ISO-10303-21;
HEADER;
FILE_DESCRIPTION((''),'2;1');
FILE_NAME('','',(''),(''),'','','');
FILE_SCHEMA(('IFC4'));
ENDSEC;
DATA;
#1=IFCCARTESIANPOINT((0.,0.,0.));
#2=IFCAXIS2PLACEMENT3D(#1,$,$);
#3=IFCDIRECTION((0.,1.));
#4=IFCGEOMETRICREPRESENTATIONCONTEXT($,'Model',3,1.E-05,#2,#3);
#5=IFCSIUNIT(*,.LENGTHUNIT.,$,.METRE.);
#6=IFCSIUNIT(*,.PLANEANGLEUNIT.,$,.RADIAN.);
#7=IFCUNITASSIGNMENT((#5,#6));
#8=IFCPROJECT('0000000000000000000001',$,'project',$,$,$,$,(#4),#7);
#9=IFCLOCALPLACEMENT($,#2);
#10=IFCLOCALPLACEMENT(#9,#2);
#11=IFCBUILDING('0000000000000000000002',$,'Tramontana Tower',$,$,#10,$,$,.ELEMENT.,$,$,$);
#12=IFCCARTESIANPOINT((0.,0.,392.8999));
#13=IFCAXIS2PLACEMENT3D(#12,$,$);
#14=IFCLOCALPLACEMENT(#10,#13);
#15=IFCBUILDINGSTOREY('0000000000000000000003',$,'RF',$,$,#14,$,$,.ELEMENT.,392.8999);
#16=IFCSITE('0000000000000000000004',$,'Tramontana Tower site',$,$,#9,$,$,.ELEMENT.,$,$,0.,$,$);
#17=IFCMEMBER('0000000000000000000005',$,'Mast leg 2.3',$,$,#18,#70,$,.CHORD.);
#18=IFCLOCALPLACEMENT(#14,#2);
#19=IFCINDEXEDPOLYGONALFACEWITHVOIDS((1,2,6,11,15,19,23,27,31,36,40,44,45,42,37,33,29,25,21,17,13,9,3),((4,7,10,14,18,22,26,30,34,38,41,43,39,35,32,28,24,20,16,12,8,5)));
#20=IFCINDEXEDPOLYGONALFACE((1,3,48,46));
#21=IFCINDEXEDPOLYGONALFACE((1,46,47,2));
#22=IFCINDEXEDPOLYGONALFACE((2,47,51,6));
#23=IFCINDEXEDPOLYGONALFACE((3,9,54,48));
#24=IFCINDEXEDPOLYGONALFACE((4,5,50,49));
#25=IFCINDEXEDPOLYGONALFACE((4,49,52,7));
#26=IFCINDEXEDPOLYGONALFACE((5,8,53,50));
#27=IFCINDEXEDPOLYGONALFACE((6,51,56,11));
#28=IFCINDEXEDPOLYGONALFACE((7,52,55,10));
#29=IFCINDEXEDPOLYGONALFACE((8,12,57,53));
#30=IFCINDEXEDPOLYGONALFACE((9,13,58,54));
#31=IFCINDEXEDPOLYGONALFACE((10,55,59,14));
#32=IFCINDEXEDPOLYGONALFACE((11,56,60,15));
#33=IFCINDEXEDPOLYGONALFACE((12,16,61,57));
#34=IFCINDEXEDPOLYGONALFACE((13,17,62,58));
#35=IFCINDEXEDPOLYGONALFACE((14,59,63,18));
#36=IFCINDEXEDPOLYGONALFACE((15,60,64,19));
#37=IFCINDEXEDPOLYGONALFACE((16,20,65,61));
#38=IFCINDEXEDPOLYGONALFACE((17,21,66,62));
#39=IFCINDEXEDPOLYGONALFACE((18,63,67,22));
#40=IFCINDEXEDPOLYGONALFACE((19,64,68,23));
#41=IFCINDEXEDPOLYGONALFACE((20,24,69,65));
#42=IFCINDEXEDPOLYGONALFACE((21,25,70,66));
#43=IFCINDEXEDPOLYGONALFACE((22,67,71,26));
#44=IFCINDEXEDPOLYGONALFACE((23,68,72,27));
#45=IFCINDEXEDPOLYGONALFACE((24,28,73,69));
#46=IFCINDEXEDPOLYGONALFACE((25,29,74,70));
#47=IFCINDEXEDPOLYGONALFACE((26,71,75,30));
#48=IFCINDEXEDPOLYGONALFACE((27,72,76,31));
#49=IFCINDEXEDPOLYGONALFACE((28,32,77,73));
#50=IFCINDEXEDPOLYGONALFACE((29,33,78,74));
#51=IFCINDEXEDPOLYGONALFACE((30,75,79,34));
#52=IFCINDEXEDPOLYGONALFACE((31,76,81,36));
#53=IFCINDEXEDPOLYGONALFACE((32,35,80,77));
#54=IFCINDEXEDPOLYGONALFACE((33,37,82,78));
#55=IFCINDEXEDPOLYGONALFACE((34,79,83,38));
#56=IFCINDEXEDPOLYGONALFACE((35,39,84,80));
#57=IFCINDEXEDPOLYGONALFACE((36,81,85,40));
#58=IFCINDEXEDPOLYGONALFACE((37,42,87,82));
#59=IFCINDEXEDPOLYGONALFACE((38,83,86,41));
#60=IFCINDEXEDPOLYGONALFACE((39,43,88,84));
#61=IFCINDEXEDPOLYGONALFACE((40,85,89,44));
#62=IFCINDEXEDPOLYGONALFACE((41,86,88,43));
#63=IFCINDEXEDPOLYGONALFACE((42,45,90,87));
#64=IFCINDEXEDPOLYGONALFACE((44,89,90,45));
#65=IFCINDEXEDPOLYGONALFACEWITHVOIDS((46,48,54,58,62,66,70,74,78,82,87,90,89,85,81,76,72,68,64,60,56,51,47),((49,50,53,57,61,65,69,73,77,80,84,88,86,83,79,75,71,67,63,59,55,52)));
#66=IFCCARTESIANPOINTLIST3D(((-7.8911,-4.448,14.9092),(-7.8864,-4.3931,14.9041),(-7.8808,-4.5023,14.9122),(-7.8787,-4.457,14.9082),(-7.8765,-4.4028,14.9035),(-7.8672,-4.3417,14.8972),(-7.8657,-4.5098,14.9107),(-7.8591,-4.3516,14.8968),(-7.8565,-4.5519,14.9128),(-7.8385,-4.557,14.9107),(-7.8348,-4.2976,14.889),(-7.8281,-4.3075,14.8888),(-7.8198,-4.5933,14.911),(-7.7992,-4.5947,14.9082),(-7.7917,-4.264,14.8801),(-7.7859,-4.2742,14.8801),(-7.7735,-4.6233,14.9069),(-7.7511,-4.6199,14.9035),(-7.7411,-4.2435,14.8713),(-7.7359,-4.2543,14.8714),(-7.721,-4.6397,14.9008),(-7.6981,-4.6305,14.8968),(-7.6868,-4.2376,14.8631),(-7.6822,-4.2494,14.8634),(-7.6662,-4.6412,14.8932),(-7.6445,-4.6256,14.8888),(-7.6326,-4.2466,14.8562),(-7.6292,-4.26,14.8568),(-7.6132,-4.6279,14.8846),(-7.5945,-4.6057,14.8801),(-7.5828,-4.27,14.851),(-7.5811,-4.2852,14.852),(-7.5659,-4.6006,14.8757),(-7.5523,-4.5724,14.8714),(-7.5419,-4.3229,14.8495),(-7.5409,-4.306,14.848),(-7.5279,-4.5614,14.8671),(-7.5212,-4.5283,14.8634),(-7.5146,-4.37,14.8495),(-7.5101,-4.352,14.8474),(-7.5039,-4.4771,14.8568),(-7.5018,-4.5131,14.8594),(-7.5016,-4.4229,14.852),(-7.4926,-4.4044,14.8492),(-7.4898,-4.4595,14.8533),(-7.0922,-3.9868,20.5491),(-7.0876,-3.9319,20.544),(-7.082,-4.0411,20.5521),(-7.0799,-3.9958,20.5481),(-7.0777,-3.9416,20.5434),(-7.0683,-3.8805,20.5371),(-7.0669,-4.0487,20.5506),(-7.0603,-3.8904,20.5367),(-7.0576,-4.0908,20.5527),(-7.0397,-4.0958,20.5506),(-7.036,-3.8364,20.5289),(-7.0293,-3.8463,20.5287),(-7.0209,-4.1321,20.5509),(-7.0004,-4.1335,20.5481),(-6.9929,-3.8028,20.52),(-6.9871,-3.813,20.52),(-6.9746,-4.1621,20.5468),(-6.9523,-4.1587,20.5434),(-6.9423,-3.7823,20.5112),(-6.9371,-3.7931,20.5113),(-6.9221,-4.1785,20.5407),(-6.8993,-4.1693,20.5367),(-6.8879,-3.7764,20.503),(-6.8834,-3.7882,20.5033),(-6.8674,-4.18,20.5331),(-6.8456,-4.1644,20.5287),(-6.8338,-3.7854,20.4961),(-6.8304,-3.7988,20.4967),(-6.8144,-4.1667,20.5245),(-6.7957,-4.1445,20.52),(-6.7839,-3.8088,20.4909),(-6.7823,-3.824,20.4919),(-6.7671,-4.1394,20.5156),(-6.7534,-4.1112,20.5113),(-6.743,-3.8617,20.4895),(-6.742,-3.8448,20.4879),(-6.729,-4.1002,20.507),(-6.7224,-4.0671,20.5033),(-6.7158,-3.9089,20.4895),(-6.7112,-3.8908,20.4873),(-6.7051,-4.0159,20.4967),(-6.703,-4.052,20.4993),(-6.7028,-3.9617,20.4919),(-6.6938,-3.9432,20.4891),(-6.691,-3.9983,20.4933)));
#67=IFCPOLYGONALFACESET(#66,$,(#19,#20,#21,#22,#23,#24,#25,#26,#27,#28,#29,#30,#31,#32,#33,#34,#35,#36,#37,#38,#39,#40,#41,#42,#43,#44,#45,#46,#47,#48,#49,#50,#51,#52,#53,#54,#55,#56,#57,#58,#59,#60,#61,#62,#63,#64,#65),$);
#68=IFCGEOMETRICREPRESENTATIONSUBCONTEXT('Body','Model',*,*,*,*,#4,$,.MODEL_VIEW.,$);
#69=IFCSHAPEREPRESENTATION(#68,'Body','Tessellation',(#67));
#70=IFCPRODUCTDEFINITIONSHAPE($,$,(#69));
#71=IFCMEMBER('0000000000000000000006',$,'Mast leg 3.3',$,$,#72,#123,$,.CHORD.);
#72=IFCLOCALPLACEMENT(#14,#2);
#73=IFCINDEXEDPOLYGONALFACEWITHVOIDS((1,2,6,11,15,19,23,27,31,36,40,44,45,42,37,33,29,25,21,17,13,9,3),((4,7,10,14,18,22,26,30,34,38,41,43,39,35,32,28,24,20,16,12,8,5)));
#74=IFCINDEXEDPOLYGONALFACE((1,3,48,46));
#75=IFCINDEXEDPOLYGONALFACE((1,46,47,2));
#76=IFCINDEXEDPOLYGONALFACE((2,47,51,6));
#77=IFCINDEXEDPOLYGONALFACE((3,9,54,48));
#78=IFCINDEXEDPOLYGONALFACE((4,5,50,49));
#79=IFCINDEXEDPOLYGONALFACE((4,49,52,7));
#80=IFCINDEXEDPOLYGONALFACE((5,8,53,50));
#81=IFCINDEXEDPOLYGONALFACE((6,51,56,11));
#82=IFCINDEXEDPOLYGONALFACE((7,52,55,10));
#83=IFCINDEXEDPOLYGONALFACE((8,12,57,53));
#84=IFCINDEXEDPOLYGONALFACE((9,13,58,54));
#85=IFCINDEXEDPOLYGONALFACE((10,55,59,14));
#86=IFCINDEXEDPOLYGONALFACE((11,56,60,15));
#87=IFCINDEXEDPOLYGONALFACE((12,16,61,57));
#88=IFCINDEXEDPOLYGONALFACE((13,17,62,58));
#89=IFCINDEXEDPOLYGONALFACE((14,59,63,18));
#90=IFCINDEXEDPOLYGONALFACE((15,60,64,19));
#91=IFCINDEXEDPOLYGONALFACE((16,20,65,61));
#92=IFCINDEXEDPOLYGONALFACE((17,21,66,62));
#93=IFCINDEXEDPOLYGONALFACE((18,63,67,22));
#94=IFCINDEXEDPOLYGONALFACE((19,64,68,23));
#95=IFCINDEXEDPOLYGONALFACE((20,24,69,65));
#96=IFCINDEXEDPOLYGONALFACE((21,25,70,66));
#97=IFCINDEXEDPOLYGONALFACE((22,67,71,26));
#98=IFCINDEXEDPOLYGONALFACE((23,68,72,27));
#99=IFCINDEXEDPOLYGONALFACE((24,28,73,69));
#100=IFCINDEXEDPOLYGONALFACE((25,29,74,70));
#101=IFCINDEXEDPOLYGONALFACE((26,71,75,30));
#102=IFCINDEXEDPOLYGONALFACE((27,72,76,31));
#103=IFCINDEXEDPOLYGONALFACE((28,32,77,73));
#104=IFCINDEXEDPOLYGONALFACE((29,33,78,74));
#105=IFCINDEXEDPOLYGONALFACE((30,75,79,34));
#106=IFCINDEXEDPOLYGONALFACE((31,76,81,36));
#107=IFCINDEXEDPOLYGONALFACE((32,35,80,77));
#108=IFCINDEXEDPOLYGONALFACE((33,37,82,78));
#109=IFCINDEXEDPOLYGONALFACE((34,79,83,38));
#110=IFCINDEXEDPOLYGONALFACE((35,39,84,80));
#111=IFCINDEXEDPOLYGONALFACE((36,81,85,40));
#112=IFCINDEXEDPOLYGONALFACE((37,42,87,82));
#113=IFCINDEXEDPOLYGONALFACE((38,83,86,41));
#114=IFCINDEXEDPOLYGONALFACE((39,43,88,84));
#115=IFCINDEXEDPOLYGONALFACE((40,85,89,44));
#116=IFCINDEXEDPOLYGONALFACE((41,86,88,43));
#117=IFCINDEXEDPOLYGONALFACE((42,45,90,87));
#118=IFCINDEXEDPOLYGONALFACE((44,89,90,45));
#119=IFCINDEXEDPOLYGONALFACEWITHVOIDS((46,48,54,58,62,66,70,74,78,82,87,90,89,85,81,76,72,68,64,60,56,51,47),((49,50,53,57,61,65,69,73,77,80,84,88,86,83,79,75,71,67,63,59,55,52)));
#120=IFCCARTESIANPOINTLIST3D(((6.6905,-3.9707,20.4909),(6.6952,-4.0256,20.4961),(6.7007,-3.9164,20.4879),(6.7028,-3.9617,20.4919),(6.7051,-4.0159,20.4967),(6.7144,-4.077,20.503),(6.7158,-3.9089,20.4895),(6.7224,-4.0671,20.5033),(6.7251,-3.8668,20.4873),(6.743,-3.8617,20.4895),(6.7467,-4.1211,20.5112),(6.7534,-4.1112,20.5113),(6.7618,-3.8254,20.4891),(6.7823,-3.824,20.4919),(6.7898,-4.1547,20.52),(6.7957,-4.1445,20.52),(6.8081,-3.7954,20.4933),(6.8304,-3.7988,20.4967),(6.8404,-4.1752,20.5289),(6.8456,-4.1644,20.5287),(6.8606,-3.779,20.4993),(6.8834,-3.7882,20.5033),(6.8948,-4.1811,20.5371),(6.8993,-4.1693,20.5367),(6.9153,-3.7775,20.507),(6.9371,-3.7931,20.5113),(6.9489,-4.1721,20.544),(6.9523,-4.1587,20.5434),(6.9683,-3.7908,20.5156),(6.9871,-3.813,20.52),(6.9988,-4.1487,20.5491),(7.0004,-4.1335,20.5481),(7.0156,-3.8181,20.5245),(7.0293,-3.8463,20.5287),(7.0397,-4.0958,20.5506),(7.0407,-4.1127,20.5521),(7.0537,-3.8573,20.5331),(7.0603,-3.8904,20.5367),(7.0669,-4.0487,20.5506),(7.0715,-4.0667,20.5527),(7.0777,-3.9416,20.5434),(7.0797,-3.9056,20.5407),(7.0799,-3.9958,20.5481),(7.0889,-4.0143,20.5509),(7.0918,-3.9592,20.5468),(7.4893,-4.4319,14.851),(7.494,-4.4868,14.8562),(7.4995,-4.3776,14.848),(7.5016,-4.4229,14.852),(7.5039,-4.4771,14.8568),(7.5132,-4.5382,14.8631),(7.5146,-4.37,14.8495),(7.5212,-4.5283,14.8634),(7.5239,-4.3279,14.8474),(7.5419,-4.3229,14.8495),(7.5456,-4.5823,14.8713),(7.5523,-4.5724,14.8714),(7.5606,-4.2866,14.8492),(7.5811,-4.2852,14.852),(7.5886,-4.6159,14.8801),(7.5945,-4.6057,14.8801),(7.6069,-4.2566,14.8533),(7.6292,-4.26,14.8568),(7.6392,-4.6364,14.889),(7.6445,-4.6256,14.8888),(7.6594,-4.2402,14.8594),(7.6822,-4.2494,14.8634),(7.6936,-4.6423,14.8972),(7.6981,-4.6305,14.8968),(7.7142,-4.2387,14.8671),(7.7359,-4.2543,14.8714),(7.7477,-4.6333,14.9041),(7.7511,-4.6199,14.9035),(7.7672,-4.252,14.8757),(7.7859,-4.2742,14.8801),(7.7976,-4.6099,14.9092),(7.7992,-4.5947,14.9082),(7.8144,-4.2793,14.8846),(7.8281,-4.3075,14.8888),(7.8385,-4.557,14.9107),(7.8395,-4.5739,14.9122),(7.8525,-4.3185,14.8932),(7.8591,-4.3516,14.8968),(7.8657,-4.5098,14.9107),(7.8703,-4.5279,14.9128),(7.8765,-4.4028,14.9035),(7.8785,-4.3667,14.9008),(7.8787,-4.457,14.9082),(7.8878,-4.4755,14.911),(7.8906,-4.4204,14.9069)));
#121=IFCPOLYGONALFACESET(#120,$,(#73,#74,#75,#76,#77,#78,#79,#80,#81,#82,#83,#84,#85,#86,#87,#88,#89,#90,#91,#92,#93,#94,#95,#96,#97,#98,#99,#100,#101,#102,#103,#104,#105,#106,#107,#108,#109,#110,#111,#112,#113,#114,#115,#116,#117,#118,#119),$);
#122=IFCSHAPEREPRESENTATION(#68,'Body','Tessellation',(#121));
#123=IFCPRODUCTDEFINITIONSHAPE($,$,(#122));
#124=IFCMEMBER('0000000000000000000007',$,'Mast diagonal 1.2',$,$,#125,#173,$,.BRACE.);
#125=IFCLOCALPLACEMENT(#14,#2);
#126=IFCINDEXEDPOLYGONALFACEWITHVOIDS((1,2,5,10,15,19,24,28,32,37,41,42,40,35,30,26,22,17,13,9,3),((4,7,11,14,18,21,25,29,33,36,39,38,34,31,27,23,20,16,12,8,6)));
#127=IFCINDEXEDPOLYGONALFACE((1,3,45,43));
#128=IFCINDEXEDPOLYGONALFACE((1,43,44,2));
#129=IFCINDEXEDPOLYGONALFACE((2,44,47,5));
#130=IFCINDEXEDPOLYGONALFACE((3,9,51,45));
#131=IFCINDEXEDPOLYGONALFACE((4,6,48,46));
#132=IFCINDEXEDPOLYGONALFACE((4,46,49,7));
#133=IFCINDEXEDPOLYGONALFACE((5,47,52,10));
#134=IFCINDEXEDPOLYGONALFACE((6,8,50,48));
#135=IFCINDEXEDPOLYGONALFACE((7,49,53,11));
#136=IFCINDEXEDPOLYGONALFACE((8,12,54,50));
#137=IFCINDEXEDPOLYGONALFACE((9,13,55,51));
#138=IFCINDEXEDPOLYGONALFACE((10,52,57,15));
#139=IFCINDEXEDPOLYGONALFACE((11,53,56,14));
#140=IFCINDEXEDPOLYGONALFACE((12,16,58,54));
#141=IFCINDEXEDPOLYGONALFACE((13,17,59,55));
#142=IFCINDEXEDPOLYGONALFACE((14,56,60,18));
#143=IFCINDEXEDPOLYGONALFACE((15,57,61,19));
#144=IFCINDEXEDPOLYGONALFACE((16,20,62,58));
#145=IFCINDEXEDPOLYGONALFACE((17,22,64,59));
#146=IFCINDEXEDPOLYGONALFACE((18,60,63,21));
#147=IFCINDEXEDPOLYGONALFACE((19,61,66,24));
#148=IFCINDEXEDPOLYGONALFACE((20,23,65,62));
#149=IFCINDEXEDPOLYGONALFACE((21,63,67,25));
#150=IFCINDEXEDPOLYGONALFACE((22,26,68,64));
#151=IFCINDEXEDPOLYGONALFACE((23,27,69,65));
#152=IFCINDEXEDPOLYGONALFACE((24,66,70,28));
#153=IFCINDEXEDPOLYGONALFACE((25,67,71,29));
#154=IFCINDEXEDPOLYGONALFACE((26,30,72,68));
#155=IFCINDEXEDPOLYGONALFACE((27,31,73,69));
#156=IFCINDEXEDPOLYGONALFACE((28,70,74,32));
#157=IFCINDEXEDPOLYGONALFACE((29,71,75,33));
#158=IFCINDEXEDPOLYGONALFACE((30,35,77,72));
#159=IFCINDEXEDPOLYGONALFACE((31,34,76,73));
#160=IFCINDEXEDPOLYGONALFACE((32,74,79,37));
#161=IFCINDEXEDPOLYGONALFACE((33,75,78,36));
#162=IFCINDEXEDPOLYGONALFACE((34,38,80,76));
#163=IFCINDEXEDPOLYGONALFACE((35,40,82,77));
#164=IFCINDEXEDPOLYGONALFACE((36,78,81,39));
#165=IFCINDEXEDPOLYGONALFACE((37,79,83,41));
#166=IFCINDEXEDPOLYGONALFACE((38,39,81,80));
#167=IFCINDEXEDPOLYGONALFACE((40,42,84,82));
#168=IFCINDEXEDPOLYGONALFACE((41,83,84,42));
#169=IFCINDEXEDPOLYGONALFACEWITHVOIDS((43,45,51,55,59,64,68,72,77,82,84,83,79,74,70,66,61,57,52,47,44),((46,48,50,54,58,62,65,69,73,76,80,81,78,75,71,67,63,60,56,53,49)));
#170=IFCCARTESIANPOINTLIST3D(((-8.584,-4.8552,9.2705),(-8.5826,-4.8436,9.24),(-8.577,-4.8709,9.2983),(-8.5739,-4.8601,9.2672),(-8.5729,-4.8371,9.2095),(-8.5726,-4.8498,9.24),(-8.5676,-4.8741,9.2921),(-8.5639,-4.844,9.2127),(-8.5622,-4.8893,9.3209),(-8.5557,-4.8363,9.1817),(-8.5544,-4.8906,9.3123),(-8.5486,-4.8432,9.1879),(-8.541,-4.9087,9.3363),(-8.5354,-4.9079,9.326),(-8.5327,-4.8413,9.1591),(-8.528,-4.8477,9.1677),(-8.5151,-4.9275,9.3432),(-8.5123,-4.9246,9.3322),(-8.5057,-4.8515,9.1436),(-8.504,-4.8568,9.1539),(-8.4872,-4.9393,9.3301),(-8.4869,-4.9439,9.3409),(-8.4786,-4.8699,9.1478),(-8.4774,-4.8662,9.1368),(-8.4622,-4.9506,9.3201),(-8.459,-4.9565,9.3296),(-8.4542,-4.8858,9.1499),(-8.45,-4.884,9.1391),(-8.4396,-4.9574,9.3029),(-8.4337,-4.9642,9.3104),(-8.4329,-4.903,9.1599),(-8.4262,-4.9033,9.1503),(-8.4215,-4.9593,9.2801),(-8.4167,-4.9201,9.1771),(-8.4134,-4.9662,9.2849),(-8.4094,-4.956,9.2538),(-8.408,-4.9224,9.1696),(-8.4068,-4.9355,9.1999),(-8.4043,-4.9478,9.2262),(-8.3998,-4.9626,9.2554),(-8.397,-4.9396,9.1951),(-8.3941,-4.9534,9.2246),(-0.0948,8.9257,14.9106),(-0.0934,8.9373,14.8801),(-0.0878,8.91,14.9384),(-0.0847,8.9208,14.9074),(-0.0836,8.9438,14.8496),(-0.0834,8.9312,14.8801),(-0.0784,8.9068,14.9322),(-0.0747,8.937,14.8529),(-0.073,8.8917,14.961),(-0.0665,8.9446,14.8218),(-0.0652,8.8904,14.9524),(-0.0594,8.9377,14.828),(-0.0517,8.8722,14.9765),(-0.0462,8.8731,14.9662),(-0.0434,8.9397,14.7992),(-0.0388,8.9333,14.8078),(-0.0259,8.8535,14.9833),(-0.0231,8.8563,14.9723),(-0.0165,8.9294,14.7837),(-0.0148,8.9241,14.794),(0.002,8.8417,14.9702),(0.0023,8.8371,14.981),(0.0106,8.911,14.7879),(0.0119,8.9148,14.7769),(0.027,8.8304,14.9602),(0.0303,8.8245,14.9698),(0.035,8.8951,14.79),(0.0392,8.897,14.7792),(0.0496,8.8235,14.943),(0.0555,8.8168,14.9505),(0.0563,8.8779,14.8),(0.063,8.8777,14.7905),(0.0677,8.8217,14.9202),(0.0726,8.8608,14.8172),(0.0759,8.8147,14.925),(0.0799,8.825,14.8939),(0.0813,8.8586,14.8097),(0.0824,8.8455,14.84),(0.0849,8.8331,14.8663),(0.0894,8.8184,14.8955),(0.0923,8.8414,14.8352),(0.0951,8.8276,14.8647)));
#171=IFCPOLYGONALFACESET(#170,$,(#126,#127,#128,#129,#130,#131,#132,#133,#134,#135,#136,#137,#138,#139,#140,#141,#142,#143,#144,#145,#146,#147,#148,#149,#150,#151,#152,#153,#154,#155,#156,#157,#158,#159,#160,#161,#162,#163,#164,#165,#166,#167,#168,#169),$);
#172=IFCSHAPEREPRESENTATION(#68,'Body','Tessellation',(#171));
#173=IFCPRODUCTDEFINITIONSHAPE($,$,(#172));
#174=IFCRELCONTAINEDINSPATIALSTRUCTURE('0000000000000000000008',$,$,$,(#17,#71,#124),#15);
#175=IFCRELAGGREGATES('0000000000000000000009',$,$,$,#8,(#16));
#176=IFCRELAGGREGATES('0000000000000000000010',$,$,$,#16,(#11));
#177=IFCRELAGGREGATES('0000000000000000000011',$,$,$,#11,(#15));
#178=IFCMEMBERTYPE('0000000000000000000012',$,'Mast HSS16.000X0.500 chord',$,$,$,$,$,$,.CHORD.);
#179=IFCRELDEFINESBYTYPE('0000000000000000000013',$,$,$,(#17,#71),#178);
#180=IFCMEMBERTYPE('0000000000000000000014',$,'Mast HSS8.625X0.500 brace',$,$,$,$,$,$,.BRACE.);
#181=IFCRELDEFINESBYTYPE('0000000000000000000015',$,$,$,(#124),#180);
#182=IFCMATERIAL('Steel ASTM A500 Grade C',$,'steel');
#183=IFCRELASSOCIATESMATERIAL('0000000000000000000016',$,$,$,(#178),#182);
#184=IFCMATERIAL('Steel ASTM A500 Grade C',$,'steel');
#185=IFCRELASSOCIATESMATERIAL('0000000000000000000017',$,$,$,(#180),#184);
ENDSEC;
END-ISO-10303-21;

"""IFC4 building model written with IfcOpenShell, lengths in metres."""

from ifc_helpers import new_model, si_unit, direction, frame, origin, origin_2d, place, context, subcontext, project, spatial, hollow_circle, extrude, material, material_profile, profile_set, type_object, element, save


model = new_model("IFC4")

# Units and contexts
model_context = context("Model", 3, precision=1e-05, world=origin(), true_north=direction((0.0, 1.0)))
body_context = subcontext(model_context, "Body", "Model", "MODEL_VIEW")
ifc_project = project(units=[si_unit("LENGTHUNIT", "METRE"), si_unit("PLANEANGLEUNIT", "RADIAN")], contexts=[model_context])

# Site, building, storey
site_placement = place(None, origin())
site = spatial("IfcSite", under=ifc_project, at=site_placement, Name="Tramontana Tower site", CompositionType="ELEMENT", RefElevation=0.0)
building_placement = place(site_placement, origin())
building = spatial("IfcBuilding", under=site, at=building_placement, Name="Tramontana Tower", CompositionType="ELEMENT")
storey_placement = place(building_placement, frame((0.0, 0.0, 392.8999)))
storey = spatial("IfcBuildingStorey", under=building, at=storey_placement, Name="RF", CompositionType="ELEMENT", Elevation=392.8999)

# Members
ifc_material_1 = material(Name="Steel ASTM A500 Grade C", Category="steel")
ifc_material_profile_1 = material_profile(ifc_material_1, hollow_circle(Radius=0.2031, WallThickness=0.0117, at=origin_2d()), Name="HSS16.000X0.500")
ifc_profile_set_1 = profile_set([ifc_material_profile_1], Name="Steel ASTM A500 Grade C")
member_type_1 = type_object("IfcMemberType", Name="Mast HSS16.000X0.500 chord", PredefinedType="CHORD", material=ifc_profile_set_1)
for number, where, z_axis, x_axis, name in (
    (1, (-7.6902, -4.4399, 14.8801), (0.139782, 0.080699, 0.986888), (-0.499982, 0.866036, 0.0), "Mast leg 2.3"),
    (2, (7.6902, -4.4399, 14.8801), (-0.139782, 0.080699, 0.986888), (-0.499982, -0.866036, 0.0), "Mast leg 3.3"),
):
    element("IfcMember", number, at=place(storey_placement, frame(where, z_axis=z_axis, x_axis=x_axis)), inside=storey, type_object=member_type_1, Name=name, PredefinedType="CHORD", context=body_context, shape_type="SweptSolid", body=[
        extrude(hollow_circle(Radius=0.2031, WallThickness=0.0117, at=origin_2d()), origin(), (0.0, 0.0, 1.0), 5.7148),
    ])
ifc_material_2 = material(Name="Steel ASTM A500 Grade C", Category="steel")
ifc_material_profile_2 = material_profile(ifc_material_2, hollow_circle(Radius=0.1096, WallThickness=0.0117, at=origin_2d()), Name="HSS8.625X0.500")
ifc_profile_set_2 = profile_set([ifc_material_profile_2], Name="Steel ASTM A500 Grade C")
member_type_2 = type_object("IfcMemberType", Name="Mast HSS8.625X0.500 brace", PredefinedType="BRACE", material=ifc_profile_set_2)
member_1_placement = place(storey_placement, frame((-8.4893, -4.9011, 9.24), z_axis=(0.495276, 0.804005, 0.329054), x_axis=(-0.85142, 0.524484, 0.0)))
element("IfcMember", 3, at=member_1_placement, inside=storey, type_object=member_type_2, Name="Mast diagonal 1.2", PredefinedType="BRACE", context=body_context, shape_type="SweptSolid", body=[
    extrude(hollow_circle(Radius=0.1096, WallThickness=0.0117, at=origin_2d()), origin(), (0.0, 0.0, 1.0), 17.1404),
])

save(model, "model.ifc")
